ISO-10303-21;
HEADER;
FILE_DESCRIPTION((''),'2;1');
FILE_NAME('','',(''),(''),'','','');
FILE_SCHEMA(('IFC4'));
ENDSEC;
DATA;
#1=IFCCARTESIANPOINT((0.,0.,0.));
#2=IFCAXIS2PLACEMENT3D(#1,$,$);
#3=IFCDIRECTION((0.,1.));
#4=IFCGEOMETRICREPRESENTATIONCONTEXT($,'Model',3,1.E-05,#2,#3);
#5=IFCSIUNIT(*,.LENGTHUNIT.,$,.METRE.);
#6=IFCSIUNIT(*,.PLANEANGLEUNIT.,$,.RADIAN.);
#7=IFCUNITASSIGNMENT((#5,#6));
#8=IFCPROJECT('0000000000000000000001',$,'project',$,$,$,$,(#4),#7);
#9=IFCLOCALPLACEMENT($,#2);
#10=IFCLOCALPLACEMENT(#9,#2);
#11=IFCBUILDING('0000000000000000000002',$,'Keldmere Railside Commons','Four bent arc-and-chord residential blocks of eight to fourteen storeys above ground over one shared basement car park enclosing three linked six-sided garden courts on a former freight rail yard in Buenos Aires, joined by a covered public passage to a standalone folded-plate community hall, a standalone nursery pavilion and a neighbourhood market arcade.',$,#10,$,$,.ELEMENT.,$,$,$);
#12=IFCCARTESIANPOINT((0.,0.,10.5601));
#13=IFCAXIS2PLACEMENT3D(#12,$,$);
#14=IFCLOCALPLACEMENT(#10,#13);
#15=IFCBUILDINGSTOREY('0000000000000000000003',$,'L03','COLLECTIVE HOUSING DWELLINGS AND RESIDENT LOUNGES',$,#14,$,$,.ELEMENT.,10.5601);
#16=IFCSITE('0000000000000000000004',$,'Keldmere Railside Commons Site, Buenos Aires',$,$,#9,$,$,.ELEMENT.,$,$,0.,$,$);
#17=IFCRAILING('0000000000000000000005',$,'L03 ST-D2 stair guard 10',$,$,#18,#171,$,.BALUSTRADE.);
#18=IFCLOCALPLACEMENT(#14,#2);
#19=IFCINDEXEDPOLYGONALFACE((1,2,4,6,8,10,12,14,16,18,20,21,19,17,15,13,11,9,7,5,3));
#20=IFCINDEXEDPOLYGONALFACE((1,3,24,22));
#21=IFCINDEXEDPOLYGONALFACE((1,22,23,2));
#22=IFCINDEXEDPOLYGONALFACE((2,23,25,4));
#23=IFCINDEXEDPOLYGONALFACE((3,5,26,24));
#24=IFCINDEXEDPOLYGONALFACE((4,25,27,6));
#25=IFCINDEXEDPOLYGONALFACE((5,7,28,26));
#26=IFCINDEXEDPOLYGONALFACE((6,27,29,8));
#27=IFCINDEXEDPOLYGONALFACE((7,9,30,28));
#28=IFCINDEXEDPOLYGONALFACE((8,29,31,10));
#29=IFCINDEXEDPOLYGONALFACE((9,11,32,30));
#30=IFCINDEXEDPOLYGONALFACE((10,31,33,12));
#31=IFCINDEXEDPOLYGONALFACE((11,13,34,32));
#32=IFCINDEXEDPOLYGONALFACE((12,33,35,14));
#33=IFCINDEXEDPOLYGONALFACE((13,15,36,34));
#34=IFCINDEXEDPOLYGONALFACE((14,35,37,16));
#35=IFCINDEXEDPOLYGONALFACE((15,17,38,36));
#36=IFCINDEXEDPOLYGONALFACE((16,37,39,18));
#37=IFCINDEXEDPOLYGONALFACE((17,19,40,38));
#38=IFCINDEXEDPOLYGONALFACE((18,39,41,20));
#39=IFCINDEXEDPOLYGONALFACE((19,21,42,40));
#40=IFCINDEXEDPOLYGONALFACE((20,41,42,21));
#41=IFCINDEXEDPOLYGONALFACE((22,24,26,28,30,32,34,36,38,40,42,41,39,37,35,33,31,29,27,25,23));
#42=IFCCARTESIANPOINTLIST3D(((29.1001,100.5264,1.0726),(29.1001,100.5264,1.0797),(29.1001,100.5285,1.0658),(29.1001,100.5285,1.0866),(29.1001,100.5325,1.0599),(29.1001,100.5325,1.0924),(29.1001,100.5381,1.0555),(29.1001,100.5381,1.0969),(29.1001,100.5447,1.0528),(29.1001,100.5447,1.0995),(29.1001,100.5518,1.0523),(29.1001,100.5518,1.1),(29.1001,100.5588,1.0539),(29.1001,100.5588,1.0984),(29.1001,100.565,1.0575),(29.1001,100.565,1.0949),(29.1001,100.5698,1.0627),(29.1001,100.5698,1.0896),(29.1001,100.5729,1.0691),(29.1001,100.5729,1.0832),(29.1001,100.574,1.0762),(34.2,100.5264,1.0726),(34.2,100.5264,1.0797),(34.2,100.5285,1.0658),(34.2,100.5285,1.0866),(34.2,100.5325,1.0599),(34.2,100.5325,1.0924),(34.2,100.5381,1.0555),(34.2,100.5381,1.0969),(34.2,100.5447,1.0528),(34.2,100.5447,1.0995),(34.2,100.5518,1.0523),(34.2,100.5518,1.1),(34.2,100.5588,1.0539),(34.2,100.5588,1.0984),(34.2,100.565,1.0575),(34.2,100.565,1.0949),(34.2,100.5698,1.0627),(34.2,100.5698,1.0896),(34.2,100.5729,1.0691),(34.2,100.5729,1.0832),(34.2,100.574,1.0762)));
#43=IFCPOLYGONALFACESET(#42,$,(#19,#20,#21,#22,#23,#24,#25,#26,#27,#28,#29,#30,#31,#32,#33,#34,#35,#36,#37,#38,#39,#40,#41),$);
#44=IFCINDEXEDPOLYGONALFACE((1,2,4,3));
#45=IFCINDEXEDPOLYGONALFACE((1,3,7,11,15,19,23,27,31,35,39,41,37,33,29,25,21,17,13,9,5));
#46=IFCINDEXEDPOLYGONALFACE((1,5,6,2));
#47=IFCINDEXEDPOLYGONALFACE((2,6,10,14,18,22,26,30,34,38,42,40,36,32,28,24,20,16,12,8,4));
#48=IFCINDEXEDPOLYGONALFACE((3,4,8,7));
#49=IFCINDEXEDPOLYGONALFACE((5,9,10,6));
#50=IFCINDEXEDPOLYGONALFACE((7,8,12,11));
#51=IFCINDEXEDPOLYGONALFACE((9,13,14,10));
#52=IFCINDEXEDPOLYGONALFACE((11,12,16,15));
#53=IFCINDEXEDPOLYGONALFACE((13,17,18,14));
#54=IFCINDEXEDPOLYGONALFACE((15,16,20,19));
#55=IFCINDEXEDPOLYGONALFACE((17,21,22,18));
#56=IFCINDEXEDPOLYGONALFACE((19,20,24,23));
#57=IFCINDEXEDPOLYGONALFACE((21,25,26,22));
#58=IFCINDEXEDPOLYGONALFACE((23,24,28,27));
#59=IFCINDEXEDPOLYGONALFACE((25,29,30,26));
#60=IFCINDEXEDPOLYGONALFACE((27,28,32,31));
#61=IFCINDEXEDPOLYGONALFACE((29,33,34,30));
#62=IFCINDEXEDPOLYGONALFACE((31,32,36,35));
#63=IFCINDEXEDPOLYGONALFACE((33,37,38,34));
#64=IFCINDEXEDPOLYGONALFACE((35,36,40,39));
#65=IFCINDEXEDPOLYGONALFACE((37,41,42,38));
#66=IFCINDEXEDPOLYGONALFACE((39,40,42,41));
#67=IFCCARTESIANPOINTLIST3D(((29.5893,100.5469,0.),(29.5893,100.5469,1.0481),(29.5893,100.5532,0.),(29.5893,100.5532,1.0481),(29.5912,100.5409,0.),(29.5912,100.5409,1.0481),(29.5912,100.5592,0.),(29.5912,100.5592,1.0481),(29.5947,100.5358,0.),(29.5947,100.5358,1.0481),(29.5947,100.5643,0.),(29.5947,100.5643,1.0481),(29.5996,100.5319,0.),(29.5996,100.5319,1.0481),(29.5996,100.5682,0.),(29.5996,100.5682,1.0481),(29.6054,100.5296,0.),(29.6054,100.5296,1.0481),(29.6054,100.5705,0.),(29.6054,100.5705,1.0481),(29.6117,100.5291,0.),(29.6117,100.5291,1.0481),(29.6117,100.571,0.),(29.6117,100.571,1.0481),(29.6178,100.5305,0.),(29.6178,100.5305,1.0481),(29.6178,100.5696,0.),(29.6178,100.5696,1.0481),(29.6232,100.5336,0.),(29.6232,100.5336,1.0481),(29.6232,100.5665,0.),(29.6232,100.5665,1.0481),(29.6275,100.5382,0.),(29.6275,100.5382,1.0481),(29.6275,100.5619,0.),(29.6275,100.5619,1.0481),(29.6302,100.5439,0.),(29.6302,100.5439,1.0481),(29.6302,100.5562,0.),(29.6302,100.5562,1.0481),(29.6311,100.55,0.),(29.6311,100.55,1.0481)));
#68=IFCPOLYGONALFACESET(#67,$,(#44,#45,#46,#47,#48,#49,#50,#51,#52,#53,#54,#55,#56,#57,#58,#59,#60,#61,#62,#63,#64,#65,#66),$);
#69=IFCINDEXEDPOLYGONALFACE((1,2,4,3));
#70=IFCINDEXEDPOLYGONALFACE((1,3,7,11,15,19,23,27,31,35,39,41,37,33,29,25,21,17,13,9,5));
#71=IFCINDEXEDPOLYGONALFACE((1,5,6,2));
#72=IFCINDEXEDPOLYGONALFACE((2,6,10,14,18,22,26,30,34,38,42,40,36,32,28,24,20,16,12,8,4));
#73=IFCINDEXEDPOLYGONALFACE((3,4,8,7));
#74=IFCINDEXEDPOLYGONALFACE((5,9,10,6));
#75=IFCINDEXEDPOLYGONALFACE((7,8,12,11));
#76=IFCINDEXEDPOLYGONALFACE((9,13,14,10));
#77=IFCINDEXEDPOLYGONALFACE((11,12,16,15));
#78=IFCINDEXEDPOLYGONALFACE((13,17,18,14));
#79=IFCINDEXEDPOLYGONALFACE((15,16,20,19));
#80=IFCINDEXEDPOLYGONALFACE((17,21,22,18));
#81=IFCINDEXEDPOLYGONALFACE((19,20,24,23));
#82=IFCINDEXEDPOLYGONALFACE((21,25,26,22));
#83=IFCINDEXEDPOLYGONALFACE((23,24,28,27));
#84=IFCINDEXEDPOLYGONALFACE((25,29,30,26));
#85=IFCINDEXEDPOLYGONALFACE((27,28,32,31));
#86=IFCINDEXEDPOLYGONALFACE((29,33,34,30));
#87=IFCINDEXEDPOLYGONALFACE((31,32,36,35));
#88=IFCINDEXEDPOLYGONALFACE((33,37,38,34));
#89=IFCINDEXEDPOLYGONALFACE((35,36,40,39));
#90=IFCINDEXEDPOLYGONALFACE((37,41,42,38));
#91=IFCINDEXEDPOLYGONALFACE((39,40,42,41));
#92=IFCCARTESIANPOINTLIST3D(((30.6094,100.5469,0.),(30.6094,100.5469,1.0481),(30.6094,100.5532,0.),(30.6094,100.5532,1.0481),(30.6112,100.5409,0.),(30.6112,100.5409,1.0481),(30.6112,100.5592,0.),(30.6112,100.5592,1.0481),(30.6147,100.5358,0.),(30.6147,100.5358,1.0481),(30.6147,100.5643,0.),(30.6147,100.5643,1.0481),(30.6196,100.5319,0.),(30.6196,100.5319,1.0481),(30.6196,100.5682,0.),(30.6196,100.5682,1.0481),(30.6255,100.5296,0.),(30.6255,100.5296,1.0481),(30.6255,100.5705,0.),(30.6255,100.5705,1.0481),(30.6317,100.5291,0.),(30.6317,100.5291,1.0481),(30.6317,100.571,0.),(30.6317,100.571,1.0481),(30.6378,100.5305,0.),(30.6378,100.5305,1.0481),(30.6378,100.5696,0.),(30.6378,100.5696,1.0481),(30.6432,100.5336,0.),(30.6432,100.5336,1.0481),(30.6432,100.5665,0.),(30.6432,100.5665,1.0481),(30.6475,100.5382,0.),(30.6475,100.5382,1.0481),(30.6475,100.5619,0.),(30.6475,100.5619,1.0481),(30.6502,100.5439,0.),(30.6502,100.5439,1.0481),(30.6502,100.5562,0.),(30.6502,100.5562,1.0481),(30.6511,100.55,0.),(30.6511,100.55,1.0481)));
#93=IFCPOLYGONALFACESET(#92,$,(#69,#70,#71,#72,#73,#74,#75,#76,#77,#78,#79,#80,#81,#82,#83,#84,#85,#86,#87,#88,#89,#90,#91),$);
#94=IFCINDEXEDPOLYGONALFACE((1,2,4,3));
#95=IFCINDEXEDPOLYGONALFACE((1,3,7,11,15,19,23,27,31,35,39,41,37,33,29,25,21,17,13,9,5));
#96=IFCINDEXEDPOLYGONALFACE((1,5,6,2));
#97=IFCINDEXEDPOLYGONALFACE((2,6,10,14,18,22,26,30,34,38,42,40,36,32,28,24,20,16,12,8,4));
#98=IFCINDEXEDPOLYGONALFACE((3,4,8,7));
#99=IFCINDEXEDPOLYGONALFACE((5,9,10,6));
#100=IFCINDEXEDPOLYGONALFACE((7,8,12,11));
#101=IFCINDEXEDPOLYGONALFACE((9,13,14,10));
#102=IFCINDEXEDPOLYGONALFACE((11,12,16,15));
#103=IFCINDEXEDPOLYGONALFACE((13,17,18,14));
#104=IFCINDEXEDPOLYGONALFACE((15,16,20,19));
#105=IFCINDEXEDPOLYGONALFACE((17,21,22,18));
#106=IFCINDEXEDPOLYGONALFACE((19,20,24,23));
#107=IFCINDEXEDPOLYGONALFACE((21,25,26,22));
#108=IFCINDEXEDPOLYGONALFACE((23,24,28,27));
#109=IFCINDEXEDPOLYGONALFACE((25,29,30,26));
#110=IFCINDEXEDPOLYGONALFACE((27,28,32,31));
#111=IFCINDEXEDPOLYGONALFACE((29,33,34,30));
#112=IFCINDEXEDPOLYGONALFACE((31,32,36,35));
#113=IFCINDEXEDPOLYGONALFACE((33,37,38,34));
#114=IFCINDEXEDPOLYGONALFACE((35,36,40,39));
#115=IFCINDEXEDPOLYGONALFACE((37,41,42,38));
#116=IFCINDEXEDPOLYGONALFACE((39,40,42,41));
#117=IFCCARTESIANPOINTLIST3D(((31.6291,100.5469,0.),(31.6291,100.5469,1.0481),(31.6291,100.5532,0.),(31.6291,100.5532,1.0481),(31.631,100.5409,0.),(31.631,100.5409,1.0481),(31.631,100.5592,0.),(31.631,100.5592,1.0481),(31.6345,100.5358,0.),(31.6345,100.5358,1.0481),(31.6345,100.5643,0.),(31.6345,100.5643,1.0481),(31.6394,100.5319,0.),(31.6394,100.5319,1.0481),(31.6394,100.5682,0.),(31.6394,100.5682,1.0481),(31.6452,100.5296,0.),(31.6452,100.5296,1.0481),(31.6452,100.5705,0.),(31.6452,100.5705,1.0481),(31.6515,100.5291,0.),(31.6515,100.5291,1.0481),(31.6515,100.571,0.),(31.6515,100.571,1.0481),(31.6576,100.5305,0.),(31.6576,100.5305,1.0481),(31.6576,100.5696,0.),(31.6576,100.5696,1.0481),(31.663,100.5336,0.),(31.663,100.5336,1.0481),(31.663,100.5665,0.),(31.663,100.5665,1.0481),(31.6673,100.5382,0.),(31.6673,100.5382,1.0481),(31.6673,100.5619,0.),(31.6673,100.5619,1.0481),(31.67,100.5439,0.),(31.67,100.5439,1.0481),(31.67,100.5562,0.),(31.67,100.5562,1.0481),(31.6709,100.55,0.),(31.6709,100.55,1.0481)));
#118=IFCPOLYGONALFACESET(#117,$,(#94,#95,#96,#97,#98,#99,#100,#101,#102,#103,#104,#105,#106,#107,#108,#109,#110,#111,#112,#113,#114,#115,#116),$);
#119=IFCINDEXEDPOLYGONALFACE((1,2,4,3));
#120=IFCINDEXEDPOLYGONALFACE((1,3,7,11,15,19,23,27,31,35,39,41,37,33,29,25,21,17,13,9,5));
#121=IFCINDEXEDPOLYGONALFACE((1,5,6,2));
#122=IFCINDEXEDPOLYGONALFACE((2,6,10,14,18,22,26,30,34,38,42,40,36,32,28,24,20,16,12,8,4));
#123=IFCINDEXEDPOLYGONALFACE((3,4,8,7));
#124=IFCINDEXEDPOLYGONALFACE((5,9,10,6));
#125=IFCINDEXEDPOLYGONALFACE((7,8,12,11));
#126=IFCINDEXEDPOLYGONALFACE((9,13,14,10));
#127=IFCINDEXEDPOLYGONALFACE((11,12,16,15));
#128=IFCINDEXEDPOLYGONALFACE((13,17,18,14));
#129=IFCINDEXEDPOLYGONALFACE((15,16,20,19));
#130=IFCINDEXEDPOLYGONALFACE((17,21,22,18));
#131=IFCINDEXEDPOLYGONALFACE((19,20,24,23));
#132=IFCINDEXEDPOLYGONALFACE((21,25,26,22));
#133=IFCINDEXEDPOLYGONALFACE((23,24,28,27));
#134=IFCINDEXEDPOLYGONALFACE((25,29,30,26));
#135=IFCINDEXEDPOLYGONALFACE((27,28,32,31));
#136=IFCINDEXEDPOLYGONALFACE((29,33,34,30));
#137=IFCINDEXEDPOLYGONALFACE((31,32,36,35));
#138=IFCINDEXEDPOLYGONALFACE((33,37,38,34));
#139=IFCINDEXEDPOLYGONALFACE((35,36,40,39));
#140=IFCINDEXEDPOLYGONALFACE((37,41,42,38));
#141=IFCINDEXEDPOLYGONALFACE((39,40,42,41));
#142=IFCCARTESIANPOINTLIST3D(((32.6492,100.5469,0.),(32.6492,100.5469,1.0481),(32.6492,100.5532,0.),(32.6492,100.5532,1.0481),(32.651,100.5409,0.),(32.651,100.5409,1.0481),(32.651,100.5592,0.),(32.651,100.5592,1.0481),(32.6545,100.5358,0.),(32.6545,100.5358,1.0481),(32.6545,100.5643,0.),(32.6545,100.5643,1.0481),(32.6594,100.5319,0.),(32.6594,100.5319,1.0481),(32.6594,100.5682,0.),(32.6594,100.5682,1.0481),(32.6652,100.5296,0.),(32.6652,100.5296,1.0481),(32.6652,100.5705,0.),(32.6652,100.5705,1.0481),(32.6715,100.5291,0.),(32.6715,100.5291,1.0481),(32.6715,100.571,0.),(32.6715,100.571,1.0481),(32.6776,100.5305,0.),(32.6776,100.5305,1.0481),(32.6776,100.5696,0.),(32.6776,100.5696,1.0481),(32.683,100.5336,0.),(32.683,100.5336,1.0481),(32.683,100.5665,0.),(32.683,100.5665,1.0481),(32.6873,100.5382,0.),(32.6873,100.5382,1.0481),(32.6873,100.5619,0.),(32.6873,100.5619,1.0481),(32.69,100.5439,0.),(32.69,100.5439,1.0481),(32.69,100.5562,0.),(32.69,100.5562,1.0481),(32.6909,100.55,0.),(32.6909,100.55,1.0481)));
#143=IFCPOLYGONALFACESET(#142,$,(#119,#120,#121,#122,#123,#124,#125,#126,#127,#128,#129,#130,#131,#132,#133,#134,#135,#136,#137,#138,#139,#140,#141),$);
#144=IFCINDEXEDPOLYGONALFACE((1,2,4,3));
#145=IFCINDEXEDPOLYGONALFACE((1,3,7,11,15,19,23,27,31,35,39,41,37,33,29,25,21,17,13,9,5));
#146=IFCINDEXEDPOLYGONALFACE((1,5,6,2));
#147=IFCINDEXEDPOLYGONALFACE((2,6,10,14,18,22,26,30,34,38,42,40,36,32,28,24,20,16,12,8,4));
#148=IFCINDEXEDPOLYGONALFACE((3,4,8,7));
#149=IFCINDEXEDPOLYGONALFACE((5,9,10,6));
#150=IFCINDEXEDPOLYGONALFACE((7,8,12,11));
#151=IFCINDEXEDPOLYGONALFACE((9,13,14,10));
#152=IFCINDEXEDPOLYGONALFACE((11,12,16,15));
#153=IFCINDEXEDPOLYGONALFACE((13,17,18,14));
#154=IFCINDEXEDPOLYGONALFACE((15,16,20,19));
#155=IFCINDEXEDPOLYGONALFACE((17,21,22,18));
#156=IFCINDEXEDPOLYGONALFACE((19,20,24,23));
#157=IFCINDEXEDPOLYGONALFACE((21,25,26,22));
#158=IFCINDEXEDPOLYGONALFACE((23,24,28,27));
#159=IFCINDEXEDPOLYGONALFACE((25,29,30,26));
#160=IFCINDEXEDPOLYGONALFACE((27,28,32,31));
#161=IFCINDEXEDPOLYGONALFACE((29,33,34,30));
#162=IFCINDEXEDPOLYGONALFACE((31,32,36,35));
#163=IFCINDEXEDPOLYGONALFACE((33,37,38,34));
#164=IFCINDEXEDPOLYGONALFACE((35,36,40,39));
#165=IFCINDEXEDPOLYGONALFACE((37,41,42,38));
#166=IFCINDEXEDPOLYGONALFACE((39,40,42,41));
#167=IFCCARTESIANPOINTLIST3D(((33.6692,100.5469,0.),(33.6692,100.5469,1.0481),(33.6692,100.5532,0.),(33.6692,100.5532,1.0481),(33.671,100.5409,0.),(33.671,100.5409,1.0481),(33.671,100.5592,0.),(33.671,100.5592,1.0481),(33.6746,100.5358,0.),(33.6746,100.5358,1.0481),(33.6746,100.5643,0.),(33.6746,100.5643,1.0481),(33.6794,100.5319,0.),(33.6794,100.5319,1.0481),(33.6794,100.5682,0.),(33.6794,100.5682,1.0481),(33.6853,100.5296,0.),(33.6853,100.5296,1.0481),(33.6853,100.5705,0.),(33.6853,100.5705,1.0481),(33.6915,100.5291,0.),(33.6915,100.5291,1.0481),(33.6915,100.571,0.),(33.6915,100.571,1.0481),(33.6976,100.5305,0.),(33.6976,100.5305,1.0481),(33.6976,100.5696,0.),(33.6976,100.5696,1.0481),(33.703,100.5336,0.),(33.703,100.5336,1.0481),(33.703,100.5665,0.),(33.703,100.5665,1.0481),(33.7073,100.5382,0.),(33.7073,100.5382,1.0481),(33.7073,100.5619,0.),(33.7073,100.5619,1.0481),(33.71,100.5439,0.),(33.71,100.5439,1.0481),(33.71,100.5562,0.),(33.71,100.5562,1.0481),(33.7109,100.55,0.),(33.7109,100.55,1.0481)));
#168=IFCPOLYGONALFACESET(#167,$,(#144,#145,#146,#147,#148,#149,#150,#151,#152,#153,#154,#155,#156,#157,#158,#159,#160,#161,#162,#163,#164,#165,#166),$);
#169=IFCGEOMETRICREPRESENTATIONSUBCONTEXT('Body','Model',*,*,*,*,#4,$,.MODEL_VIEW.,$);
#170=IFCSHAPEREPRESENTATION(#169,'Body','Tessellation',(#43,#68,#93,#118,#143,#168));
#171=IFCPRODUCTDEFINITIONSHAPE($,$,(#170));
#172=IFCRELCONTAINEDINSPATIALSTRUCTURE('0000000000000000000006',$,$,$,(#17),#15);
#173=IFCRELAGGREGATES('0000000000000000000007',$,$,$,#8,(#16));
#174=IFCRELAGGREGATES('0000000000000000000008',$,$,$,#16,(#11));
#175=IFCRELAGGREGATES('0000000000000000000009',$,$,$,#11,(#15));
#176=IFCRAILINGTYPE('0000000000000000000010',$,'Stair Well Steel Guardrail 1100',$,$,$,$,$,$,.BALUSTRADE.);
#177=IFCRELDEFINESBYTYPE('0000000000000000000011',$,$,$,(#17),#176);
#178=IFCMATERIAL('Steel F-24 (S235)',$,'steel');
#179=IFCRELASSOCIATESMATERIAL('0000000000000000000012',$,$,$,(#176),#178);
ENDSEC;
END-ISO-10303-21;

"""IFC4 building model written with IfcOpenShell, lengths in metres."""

from ifc_helpers import new_model, si_unit, direction, frame, origin, origin_2d, place, context, subcontext, project, spatial, circle, extrude, material, type_object, element, save


model = new_model("IFC4")

# Units and contexts
model_context = context("Model", 3, precision=1e-05, world=origin(), true_north=direction((0.0, 1.0)))
body_context = subcontext(model_context, "Body", "Model", "MODEL_VIEW")
ifc_project = project(units=[si_unit("LENGTHUNIT", "METRE"), si_unit("PLANEANGLEUNIT", "RADIAN")], contexts=[model_context])

# Site, building, storey
site_placement = place(None, origin())
site = spatial("IfcSite", under=ifc_project, at=site_placement, Name="Keldmere Railside Commons Site, Buenos Aires", CompositionType="ELEMENT", RefElevation=0.0)
building_placement = place(site_placement, origin())
building = spatial("IfcBuilding", under=site, at=building_placement, Name="Keldmere Railside Commons", Description="Four bent arc-and-chord residential blocks of eight to fourteen storeys above ground over one shared basement car park enclosing three linked six-sided garden courts on a former freight rail yard in Buenos Aires, joined by a covered public passage to a standalone folded-plate community hall, a standalone nursery pavilion and a neighbourhood market arcade.", CompositionType="ELEMENT")
storey_placement = place(building_placement, frame((0.0, 0.0, 10.5601)))
storey = spatial("IfcBuildingStorey", under=building, at=storey_placement, Name="L03", Description="COLLECTIVE HOUSING DWELLINGS AND RESIDENT LOUNGES", CompositionType="ELEMENT", Elevation=10.5601)

# Railing
ifc_material_1 = material(Name="Steel F-24 (S235)", Category="steel")
railing_type_1 = type_object("IfcRailingType", Name="Stair Well Steel Guardrail 1100", PredefinedType="BALUSTRADE", material=ifc_material_1)
railing_1_placement = place(storey_placement, frame((29.1001, 100.55, 0.0)))
element("IfcRailing", 1, at=railing_1_placement, inside=storey, type_object=railing_type_1, Name="L03 ST-D2 stair guard 10", PredefinedType="BALUSTRADE", context=body_context, shape_type="SweptSolid", body=[
    extrude(circle(Radius=0.0239, at=origin_2d()), frame((0.0, 0.0, 1.0762), z_axis=(1.0, 0.0, 0.0), x_axis=(0.0, 1.0, 0.0)), (0.0, 0.0, 1.0), 5.0999),
    extrude(circle(Radius=0.021, at=origin_2d()), frame((0.51, 0.0, 0.0)), (0.0, 0.0, 1.0), 1.0481),
    extrude(circle(Radius=0.021, at=origin_2d()), frame((1.53, 0.0, 0.0)), (0.0, 0.0, 1.0), 1.0481),
    extrude(circle(Radius=0.021, at=origin_2d()), frame((2.5498, 0.0, 0.0)), (0.0, 0.0, 1.0), 1.0481),
    extrude(circle(Radius=0.021, at=origin_2d()), frame((3.5698, 0.0, 0.0)), (0.0, 0.0, 1.0), 1.0481),
    extrude(circle(Radius=0.021, at=origin_2d()), frame((4.5898, 0.0, 0.0)), (0.0, 0.0, 1.0), 1.0481),
])

save(model, "model.ifc")
